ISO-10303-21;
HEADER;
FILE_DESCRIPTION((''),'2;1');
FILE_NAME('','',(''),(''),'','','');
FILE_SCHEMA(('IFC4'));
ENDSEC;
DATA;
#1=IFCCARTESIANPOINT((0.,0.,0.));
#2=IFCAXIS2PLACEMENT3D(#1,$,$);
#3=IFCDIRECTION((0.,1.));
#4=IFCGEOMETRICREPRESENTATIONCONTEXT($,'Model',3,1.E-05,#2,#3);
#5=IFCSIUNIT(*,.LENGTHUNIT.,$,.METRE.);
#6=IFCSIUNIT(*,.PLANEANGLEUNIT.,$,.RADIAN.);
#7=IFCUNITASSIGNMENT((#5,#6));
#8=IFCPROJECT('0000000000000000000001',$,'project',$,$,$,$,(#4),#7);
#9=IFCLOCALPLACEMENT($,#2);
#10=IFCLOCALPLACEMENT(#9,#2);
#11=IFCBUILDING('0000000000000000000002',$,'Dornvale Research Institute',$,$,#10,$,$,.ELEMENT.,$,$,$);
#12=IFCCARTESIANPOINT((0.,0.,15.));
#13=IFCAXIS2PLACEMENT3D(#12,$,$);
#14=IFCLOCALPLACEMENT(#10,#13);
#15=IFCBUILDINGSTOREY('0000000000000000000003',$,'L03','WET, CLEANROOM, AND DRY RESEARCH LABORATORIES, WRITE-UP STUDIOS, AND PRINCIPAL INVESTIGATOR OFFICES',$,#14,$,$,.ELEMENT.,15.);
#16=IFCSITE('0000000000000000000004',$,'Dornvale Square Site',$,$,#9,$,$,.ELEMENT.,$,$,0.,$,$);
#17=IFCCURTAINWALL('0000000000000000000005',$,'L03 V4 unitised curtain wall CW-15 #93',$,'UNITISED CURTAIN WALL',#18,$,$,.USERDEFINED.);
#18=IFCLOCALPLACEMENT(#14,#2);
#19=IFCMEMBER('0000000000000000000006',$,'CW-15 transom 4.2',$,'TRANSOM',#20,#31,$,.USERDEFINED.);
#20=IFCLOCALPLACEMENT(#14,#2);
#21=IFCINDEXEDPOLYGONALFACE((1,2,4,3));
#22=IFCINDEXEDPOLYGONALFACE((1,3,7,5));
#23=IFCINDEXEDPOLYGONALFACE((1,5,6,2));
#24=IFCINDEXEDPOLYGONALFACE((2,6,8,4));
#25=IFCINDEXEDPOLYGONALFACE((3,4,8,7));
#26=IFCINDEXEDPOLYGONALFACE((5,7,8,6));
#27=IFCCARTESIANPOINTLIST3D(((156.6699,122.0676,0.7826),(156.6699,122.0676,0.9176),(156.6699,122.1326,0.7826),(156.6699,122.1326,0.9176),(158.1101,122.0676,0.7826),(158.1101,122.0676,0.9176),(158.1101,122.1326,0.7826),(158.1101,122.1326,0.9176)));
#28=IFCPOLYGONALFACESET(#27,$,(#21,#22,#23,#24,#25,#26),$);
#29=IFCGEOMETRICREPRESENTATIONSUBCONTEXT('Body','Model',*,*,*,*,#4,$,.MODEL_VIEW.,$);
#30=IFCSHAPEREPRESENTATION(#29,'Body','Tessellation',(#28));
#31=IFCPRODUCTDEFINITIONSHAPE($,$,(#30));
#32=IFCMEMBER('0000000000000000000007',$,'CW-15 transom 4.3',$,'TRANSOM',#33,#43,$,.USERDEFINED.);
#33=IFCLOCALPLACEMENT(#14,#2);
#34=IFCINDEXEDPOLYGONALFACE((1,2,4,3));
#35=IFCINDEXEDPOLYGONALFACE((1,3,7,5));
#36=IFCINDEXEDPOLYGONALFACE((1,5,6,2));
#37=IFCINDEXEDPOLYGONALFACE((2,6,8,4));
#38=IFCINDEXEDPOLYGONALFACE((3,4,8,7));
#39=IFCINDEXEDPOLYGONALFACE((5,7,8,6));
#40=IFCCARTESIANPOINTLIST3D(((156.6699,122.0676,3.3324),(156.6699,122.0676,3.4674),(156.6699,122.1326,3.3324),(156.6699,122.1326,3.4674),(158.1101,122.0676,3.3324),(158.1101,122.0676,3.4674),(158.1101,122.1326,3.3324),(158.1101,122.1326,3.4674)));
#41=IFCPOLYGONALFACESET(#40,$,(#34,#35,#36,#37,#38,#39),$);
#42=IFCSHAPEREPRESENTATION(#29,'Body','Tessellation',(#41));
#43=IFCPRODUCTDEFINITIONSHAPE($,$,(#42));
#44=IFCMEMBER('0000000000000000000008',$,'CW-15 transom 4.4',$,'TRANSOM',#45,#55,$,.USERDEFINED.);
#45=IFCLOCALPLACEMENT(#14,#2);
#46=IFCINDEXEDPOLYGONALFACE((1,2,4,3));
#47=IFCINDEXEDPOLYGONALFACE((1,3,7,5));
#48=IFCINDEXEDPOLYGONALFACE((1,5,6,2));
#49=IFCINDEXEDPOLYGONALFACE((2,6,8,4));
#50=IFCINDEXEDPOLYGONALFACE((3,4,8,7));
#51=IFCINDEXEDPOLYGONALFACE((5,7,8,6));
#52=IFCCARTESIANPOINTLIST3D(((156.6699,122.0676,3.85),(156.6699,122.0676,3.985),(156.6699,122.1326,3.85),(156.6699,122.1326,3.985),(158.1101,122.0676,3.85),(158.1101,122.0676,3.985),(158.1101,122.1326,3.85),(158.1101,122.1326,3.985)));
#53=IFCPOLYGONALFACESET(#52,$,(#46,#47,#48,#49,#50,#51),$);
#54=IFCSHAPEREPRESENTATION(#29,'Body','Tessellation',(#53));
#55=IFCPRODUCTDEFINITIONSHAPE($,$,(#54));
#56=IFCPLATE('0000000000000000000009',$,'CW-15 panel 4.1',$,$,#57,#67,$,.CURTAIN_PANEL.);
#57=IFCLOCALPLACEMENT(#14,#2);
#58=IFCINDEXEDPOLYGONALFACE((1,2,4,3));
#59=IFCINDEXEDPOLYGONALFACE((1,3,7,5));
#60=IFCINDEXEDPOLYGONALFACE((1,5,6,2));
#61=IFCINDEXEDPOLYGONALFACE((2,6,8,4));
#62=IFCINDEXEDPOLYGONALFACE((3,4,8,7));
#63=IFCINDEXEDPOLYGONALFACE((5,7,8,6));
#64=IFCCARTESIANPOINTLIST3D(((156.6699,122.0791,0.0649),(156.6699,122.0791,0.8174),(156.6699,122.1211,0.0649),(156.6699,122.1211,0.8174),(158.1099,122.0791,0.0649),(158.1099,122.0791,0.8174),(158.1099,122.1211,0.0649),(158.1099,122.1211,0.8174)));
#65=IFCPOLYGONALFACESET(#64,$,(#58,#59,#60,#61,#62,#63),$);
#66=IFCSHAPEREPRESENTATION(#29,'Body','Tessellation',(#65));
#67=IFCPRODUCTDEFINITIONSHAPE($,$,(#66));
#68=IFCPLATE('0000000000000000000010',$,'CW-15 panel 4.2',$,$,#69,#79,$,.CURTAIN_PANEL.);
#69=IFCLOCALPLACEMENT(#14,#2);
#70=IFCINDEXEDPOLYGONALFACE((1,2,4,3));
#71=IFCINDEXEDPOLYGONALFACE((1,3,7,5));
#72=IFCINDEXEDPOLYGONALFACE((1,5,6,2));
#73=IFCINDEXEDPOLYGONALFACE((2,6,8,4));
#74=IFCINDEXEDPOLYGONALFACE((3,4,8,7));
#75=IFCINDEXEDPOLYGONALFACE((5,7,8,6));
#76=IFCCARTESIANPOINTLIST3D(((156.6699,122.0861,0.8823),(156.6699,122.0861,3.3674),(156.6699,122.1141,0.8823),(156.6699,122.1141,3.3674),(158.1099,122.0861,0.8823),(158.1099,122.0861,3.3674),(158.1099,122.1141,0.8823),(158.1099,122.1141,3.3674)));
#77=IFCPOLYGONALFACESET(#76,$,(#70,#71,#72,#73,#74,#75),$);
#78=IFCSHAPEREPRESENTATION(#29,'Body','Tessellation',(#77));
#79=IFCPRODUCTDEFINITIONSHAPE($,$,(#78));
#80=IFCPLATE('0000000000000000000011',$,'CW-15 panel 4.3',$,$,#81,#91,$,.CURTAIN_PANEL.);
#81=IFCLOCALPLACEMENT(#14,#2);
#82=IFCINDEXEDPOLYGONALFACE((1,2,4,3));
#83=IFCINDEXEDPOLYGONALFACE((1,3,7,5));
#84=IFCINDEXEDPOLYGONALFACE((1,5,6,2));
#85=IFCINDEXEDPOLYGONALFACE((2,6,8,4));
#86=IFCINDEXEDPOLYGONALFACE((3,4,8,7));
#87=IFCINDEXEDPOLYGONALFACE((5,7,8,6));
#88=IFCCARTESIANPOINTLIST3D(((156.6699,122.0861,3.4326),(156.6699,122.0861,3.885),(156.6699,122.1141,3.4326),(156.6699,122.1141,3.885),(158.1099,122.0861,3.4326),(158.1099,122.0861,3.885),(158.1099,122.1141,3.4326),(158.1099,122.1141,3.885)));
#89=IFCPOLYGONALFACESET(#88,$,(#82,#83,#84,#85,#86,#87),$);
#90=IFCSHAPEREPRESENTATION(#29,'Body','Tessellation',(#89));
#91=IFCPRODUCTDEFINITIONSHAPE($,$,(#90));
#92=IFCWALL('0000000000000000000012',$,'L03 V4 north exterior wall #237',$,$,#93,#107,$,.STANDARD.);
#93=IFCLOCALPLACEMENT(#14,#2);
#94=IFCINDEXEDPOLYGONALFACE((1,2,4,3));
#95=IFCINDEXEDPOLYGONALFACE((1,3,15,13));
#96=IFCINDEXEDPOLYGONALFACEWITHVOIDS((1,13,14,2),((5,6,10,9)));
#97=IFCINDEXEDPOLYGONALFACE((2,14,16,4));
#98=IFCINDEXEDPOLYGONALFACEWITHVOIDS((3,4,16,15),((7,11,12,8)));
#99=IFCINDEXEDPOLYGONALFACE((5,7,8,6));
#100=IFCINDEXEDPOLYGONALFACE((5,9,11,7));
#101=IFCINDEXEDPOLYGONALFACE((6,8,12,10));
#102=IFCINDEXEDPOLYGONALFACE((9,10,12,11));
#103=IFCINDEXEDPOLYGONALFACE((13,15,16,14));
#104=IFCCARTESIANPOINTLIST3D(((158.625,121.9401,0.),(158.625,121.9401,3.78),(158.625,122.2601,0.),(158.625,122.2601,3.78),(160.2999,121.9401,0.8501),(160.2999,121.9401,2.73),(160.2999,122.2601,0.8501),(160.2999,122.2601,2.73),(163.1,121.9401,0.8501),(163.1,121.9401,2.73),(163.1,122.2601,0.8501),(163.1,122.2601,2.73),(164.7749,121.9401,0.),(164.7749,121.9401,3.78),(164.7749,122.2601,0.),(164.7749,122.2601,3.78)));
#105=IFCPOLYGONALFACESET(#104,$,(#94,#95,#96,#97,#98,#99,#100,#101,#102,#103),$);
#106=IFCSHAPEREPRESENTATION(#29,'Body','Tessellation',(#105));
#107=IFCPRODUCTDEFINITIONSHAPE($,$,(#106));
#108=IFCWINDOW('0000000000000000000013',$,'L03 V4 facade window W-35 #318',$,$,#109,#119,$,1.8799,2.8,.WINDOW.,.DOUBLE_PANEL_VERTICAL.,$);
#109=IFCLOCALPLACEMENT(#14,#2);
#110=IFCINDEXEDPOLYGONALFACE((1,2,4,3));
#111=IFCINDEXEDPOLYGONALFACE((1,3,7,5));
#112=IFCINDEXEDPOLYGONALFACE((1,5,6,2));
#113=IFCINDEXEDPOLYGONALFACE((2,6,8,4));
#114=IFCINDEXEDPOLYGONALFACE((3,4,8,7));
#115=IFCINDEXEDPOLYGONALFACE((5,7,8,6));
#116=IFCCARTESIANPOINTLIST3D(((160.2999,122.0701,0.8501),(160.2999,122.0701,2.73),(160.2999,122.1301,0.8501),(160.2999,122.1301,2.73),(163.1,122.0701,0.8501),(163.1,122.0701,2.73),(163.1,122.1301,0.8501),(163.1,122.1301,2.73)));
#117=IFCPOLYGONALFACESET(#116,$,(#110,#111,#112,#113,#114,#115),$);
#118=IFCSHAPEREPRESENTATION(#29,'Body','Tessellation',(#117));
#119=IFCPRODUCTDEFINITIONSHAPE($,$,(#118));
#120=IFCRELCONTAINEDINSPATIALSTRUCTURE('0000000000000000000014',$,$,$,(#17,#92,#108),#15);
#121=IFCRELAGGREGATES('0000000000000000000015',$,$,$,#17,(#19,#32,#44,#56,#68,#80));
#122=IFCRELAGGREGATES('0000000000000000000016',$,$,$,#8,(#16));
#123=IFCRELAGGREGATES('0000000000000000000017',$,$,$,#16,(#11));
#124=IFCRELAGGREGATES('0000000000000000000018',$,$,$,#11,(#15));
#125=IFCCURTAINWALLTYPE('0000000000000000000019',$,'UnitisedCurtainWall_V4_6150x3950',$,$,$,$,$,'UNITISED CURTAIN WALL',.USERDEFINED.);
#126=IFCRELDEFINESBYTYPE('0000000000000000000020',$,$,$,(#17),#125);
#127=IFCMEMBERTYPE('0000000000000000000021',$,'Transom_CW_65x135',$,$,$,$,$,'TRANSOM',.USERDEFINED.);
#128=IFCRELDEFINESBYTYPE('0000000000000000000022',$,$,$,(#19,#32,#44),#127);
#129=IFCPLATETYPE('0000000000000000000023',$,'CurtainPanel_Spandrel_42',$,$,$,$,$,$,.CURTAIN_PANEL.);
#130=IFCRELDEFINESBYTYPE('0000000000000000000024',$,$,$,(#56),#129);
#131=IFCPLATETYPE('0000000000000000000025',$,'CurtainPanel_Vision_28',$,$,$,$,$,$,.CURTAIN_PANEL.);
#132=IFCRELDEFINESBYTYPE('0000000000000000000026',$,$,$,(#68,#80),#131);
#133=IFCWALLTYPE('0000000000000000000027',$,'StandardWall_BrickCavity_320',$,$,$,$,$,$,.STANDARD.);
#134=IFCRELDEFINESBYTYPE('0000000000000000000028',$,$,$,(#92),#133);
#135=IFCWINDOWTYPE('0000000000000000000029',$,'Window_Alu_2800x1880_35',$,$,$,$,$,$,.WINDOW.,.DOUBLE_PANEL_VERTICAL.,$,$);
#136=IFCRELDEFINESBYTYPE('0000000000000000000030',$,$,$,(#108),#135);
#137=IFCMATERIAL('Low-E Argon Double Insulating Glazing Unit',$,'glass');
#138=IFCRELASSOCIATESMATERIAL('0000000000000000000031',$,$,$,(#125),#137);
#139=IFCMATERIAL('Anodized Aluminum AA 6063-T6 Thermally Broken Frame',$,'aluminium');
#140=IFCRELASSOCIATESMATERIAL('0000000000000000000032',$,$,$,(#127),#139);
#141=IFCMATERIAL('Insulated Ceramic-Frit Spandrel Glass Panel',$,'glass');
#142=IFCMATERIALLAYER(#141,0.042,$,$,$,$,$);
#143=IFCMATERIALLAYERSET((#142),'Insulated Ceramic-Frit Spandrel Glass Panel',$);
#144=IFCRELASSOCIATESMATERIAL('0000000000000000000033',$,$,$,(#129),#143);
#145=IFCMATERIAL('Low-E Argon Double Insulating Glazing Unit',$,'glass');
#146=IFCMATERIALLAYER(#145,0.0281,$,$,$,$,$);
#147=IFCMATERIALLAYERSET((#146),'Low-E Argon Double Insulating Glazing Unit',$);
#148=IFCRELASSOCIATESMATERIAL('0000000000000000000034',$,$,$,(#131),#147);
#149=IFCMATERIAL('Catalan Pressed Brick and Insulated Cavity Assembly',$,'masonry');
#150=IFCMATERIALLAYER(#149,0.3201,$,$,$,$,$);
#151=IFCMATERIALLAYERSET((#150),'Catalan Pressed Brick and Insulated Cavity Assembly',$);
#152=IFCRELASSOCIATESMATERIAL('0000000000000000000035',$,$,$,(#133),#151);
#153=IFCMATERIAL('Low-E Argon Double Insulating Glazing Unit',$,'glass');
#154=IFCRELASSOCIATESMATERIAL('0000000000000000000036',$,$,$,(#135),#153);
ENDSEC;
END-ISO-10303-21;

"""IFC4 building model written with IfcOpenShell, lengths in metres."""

from ifc_helpers import new_model, si_unit, direction, frame, frame_2d, origin, origin_2d, place, context, subcontext, project, spatial, rectangle, extrude, material, layer, layer_set, material_profile, profile_set, type_object, element, fill, aggregate, save


model = new_model("IFC4")

# Units and contexts
model_context = context("Model", 3, precision=1e-05, world=origin(), true_north=direction((0.0, 1.0)))
body_context = subcontext(model_context, "Body", "Model", "MODEL_VIEW")
ifc_project = project(units=[si_unit("LENGTHUNIT", "METRE"), si_unit("PLANEANGLEUNIT", "RADIAN")], contexts=[model_context])

# Site, building, storey
site_placement = place(None, origin())
site = spatial("IfcSite", under=ifc_project, at=site_placement, Name="Dornvale Square Site", CompositionType="ELEMENT", RefElevation=0.0)
building_placement = place(site_placement, origin())
building = spatial("IfcBuilding", under=site, at=building_placement, Name="Dornvale Research Institute", CompositionType="ELEMENT")
storey_placement = place(building_placement, frame((0.0, 0.0, 15.0)))
storey = spatial("IfcBuildingStorey", under=building, at=storey_placement, Name="L03", Description="WET, CLEANROOM, AND DRY RESEARCH LABORATORIES, WRITE-UP STUDIOS, AND PRINCIPAL INVESTIGATOR OFFICES", CompositionType="ELEMENT", Elevation=15.0)

# Curtain wall
ifc_material_1 = material(Name="Low-E Argon Double Insulating Glazing Unit", Category="glass")
curtain_wall_type = type_object("IfcCurtainWallType", Name="UnitisedCurtainWall_V4_6150x3950", ElementType="UNITISED CURTAIN WALL", PredefinedType="USERDEFINED", material=ifc_material_1)
curtain_wall_placement = place(storey_placement, origin())
curtain_wall = element("IfcCurtainWall", 1, at=curtain_wall_placement, inside=storey, type_object=curtain_wall_type, Name="L03 V4 unitised curtain wall CW-15 #93", ObjectType="UNITISED CURTAIN WALL", PredefinedType="USERDEFINED")

# Members
ifc_material_2 = material(Name="Anodized Aluminum AA 6063-T6 Thermally Broken Frame", Category="aluminium")
ifc_material_profile_1 = material_profile(ifc_material_2, rectangle(XDim=0.0649, YDim=0.135, at=origin_2d()), Name="ALU TRANSOM 65x135")
ifc_profile_set_1 = profile_set([ifc_material_profile_1], Name="Anodized Aluminum AA 6063-T6 Thermally Broken Frame")
member_type_1 = type_object("IfcMemberType", Name="Transom_CW_65x135", ElementType="TRANSOM", PredefinedType="USERDEFINED", material=ifc_profile_set_1)
member_1_placement = place(storey_placement, frame((156.6699, 122.1001, 0.8501), z_axis=(1.0, 0.0, 0.0), x_axis=(0.0, 1.0, 0.0)))
member_1 = element("IfcMember", 2, at=member_1_placement, type_object=member_type_1, Name="CW-15 transom 4.2", ObjectType="TRANSOM", PredefinedType="USERDEFINED", context=body_context, shape_type="SweptSolid", body=[
    extrude(rectangle(XDim=0.0649, YDim=0.135, at=origin_2d()), origin(), (0.0, 0.0, 1.0), 1.4402),
])
member_2_placement = place(storey_placement, frame((156.6699, 122.1001, 3.3999), z_axis=(1.0, 0.0, 0.0), x_axis=(0.0, 1.0, 0.0)))
member_2 = element("IfcMember", 3, at=member_2_placement, type_object=member_type_1, Name="CW-15 transom 4.3", ObjectType="TRANSOM", PredefinedType="USERDEFINED", context=body_context, shape_type="SweptSolid", body=[
    extrude(rectangle(XDim=0.0649, YDim=0.135, at=origin_2d()), origin(), (0.0, 0.0, 1.0), 1.4402),
])
member_3_placement = place(storey_placement, frame((156.6699, 122.1001, 3.9175), z_axis=(1.0, 0.0, 0.0), x_axis=(0.0, 1.0, 0.0)))
member_3 = element("IfcMember", 4, at=member_3_placement, type_object=member_type_1, Name="CW-15 transom 4.4", ObjectType="TRANSOM", PredefinedType="USERDEFINED", context=body_context, shape_type="SweptSolid", body=[
    extrude(rectangle(XDim=0.0649, YDim=0.135, at=origin_2d()), origin(), (0.0, 0.0, 1.0), 1.4402),
])

# Plates
ifc_material_3 = material(Name="Insulated Ceramic-Frit Spandrel Glass Panel", Category="glass")
ifc_layer_1 = layer(ifc_material_3, 0.042)
ifc_layer_set_1 = layer_set([ifc_layer_1], Name="Insulated Ceramic-Frit Spandrel Glass Panel")
plate_type_1 = type_object("IfcPlateType", Name="CurtainPanel_Spandrel_42", PredefinedType="CURTAIN_PANEL", material=ifc_layer_set_1)
plate_1_placement = place(storey_placement, frame((157.3899, 122.1001, 0.0649), z_axis=(0.0, 0.0, 1.0), x_axis=(1.0, 0.0, 0.0)))
plate_1 = element("IfcPlate", 5, at=plate_1_placement, type_object=plate_type_1, Name="CW-15 panel 4.1", PredefinedType="CURTAIN_PANEL", context=body_context, shape_type="SweptSolid", body=[
    extrude(rectangle(XDim=1.4399, YDim=0.042, at=origin_2d()), origin(), (0.0, 0.0, 1.0), 0.7524),
])
ifc_material_4 = material(Name="Low-E Argon Double Insulating Glazing Unit", Category="glass")
ifc_layer_2 = layer(ifc_material_4, 0.0281)
ifc_layer_set_2 = layer_set([ifc_layer_2], Name="Low-E Argon Double Insulating Glazing Unit")
plate_type_2 = type_object("IfcPlateType", Name="CurtainPanel_Vision_28", PredefinedType="CURTAIN_PANEL", material=ifc_layer_set_2)
plate_2_placement = place(storey_placement, frame((157.3899, 122.1001, 0.8823), z_axis=(0.0, 0.0, 1.0), x_axis=(1.0, 0.0, 0.0)))
plate_2 = element("IfcPlate", 6, at=plate_2_placement, type_object=plate_type_2, Name="CW-15 panel 4.2", PredefinedType="CURTAIN_PANEL", context=body_context, shape_type="SweptSolid", body=[
    extrude(rectangle(XDim=1.4399, YDim=0.0281, at=origin_2d()), origin(), (0.0, 0.0, 1.0), 2.4851),
])
plate_3_placement = place(storey_placement, frame((157.3899, 122.1001, 3.4326), z_axis=(0.0, 0.0, 1.0), x_axis=(1.0, 0.0, 0.0)))
plate_3 = element("IfcPlate", 7, at=plate_3_placement, type_object=plate_type_2, Name="CW-15 panel 4.3", PredefinedType="CURTAIN_PANEL", context=body_context, shape_type="SweptSolid", body=[
    extrude(rectangle(XDim=1.4399, YDim=0.0281, at=origin_2d()), origin(), (0.0, 0.0, 1.0), 0.4524),
])
aggregate(curtain_wall, [member_1, member_2, member_3, plate_1, plate_2, plate_3])

# Wall, opening, window
ifc_material_5 = material(Name="Catalan Pressed Brick and Insulated Cavity Assembly", Category="masonry")
ifc_layer_3 = layer(ifc_material_5, 0.3201)
ifc_layer_set_3 = layer_set([ifc_layer_3], Name="Catalan Pressed Brick and Insulated Cavity Assembly")
wall_type = type_object("IfcWallType", Name="StandardWall_BrickCavity_320", PredefinedType="STANDARD", material=ifc_layer_set_3)
wall_placement = place(storey_placement, frame((158.625, 122.1001, 0.0), z_axis=(0.0, 0.0, 1.0), x_axis=(1.0, 0.0, 0.0)))
wall = element("IfcWall", 8, at=wall_placement, inside=storey, type_object=wall_type, Name="L03 V4 north exterior wall #237", PredefinedType="STANDARD", context=body_context, shape_type="SweptSolid", body=[
    extrude(rectangle(XDim=6.1499, YDim=0.3201, at=frame_2d((3.075, 0.0))), origin(), (0.0, 0.0, 1.0), 3.78),
])
opening_placement = place(wall_placement, frame((1.675, 0.0, 0.8501)))
opening = element("IfcOpeningElement", 9, at=opening_placement, cuts=wall, PredefinedType="OPENING", context=body_context, shape_type="SweptSolid", body=[
    extrude(rectangle(XDim=2.8, YDim=1.8799, at=frame_2d((1.3999, 0.9399))), frame((0.0, 0.175, 0.0), z_axis=(0.0, -1.0, 0.0), x_axis=(1.0, 0.0, 0.0)), (0.0, 0.0, 1.0), 0.3501),
])
ifc_material_6 = material(Name="Low-E Argon Double Insulating Glazing Unit", Category="glass")
window_type = type_object("IfcWindowType", Name="Window_Alu_2800x1880_35", PartitioningType="DOUBLE_PANEL_VERTICAL", PredefinedType="WINDOW", material=ifc_material_6)
window_placement = place(opening_placement, origin())
window = element("IfcWindow", 10, at=window_placement, inside=storey, type_object=window_type, Name="L03 V4 facade window W-35 #318", OverallHeight=1.8799, OverallWidth=2.8, PartitioningType="DOUBLE_PANEL_VERTICAL", PredefinedType="WINDOW", context=body_context, shape_type="SweptSolid", body=[
    extrude(rectangle(XDim=2.8, YDim=1.8799, at=frame_2d((1.3999, 0.9399))), frame((0.0, 0.03, 0.0), z_axis=(0.0, -1.0, 0.0), x_axis=(1.0, 0.0, 0.0)), (0.0, 0.0, 1.0), 0.0601),
])
fill(opening, window)

save(model, "model.ifc")
